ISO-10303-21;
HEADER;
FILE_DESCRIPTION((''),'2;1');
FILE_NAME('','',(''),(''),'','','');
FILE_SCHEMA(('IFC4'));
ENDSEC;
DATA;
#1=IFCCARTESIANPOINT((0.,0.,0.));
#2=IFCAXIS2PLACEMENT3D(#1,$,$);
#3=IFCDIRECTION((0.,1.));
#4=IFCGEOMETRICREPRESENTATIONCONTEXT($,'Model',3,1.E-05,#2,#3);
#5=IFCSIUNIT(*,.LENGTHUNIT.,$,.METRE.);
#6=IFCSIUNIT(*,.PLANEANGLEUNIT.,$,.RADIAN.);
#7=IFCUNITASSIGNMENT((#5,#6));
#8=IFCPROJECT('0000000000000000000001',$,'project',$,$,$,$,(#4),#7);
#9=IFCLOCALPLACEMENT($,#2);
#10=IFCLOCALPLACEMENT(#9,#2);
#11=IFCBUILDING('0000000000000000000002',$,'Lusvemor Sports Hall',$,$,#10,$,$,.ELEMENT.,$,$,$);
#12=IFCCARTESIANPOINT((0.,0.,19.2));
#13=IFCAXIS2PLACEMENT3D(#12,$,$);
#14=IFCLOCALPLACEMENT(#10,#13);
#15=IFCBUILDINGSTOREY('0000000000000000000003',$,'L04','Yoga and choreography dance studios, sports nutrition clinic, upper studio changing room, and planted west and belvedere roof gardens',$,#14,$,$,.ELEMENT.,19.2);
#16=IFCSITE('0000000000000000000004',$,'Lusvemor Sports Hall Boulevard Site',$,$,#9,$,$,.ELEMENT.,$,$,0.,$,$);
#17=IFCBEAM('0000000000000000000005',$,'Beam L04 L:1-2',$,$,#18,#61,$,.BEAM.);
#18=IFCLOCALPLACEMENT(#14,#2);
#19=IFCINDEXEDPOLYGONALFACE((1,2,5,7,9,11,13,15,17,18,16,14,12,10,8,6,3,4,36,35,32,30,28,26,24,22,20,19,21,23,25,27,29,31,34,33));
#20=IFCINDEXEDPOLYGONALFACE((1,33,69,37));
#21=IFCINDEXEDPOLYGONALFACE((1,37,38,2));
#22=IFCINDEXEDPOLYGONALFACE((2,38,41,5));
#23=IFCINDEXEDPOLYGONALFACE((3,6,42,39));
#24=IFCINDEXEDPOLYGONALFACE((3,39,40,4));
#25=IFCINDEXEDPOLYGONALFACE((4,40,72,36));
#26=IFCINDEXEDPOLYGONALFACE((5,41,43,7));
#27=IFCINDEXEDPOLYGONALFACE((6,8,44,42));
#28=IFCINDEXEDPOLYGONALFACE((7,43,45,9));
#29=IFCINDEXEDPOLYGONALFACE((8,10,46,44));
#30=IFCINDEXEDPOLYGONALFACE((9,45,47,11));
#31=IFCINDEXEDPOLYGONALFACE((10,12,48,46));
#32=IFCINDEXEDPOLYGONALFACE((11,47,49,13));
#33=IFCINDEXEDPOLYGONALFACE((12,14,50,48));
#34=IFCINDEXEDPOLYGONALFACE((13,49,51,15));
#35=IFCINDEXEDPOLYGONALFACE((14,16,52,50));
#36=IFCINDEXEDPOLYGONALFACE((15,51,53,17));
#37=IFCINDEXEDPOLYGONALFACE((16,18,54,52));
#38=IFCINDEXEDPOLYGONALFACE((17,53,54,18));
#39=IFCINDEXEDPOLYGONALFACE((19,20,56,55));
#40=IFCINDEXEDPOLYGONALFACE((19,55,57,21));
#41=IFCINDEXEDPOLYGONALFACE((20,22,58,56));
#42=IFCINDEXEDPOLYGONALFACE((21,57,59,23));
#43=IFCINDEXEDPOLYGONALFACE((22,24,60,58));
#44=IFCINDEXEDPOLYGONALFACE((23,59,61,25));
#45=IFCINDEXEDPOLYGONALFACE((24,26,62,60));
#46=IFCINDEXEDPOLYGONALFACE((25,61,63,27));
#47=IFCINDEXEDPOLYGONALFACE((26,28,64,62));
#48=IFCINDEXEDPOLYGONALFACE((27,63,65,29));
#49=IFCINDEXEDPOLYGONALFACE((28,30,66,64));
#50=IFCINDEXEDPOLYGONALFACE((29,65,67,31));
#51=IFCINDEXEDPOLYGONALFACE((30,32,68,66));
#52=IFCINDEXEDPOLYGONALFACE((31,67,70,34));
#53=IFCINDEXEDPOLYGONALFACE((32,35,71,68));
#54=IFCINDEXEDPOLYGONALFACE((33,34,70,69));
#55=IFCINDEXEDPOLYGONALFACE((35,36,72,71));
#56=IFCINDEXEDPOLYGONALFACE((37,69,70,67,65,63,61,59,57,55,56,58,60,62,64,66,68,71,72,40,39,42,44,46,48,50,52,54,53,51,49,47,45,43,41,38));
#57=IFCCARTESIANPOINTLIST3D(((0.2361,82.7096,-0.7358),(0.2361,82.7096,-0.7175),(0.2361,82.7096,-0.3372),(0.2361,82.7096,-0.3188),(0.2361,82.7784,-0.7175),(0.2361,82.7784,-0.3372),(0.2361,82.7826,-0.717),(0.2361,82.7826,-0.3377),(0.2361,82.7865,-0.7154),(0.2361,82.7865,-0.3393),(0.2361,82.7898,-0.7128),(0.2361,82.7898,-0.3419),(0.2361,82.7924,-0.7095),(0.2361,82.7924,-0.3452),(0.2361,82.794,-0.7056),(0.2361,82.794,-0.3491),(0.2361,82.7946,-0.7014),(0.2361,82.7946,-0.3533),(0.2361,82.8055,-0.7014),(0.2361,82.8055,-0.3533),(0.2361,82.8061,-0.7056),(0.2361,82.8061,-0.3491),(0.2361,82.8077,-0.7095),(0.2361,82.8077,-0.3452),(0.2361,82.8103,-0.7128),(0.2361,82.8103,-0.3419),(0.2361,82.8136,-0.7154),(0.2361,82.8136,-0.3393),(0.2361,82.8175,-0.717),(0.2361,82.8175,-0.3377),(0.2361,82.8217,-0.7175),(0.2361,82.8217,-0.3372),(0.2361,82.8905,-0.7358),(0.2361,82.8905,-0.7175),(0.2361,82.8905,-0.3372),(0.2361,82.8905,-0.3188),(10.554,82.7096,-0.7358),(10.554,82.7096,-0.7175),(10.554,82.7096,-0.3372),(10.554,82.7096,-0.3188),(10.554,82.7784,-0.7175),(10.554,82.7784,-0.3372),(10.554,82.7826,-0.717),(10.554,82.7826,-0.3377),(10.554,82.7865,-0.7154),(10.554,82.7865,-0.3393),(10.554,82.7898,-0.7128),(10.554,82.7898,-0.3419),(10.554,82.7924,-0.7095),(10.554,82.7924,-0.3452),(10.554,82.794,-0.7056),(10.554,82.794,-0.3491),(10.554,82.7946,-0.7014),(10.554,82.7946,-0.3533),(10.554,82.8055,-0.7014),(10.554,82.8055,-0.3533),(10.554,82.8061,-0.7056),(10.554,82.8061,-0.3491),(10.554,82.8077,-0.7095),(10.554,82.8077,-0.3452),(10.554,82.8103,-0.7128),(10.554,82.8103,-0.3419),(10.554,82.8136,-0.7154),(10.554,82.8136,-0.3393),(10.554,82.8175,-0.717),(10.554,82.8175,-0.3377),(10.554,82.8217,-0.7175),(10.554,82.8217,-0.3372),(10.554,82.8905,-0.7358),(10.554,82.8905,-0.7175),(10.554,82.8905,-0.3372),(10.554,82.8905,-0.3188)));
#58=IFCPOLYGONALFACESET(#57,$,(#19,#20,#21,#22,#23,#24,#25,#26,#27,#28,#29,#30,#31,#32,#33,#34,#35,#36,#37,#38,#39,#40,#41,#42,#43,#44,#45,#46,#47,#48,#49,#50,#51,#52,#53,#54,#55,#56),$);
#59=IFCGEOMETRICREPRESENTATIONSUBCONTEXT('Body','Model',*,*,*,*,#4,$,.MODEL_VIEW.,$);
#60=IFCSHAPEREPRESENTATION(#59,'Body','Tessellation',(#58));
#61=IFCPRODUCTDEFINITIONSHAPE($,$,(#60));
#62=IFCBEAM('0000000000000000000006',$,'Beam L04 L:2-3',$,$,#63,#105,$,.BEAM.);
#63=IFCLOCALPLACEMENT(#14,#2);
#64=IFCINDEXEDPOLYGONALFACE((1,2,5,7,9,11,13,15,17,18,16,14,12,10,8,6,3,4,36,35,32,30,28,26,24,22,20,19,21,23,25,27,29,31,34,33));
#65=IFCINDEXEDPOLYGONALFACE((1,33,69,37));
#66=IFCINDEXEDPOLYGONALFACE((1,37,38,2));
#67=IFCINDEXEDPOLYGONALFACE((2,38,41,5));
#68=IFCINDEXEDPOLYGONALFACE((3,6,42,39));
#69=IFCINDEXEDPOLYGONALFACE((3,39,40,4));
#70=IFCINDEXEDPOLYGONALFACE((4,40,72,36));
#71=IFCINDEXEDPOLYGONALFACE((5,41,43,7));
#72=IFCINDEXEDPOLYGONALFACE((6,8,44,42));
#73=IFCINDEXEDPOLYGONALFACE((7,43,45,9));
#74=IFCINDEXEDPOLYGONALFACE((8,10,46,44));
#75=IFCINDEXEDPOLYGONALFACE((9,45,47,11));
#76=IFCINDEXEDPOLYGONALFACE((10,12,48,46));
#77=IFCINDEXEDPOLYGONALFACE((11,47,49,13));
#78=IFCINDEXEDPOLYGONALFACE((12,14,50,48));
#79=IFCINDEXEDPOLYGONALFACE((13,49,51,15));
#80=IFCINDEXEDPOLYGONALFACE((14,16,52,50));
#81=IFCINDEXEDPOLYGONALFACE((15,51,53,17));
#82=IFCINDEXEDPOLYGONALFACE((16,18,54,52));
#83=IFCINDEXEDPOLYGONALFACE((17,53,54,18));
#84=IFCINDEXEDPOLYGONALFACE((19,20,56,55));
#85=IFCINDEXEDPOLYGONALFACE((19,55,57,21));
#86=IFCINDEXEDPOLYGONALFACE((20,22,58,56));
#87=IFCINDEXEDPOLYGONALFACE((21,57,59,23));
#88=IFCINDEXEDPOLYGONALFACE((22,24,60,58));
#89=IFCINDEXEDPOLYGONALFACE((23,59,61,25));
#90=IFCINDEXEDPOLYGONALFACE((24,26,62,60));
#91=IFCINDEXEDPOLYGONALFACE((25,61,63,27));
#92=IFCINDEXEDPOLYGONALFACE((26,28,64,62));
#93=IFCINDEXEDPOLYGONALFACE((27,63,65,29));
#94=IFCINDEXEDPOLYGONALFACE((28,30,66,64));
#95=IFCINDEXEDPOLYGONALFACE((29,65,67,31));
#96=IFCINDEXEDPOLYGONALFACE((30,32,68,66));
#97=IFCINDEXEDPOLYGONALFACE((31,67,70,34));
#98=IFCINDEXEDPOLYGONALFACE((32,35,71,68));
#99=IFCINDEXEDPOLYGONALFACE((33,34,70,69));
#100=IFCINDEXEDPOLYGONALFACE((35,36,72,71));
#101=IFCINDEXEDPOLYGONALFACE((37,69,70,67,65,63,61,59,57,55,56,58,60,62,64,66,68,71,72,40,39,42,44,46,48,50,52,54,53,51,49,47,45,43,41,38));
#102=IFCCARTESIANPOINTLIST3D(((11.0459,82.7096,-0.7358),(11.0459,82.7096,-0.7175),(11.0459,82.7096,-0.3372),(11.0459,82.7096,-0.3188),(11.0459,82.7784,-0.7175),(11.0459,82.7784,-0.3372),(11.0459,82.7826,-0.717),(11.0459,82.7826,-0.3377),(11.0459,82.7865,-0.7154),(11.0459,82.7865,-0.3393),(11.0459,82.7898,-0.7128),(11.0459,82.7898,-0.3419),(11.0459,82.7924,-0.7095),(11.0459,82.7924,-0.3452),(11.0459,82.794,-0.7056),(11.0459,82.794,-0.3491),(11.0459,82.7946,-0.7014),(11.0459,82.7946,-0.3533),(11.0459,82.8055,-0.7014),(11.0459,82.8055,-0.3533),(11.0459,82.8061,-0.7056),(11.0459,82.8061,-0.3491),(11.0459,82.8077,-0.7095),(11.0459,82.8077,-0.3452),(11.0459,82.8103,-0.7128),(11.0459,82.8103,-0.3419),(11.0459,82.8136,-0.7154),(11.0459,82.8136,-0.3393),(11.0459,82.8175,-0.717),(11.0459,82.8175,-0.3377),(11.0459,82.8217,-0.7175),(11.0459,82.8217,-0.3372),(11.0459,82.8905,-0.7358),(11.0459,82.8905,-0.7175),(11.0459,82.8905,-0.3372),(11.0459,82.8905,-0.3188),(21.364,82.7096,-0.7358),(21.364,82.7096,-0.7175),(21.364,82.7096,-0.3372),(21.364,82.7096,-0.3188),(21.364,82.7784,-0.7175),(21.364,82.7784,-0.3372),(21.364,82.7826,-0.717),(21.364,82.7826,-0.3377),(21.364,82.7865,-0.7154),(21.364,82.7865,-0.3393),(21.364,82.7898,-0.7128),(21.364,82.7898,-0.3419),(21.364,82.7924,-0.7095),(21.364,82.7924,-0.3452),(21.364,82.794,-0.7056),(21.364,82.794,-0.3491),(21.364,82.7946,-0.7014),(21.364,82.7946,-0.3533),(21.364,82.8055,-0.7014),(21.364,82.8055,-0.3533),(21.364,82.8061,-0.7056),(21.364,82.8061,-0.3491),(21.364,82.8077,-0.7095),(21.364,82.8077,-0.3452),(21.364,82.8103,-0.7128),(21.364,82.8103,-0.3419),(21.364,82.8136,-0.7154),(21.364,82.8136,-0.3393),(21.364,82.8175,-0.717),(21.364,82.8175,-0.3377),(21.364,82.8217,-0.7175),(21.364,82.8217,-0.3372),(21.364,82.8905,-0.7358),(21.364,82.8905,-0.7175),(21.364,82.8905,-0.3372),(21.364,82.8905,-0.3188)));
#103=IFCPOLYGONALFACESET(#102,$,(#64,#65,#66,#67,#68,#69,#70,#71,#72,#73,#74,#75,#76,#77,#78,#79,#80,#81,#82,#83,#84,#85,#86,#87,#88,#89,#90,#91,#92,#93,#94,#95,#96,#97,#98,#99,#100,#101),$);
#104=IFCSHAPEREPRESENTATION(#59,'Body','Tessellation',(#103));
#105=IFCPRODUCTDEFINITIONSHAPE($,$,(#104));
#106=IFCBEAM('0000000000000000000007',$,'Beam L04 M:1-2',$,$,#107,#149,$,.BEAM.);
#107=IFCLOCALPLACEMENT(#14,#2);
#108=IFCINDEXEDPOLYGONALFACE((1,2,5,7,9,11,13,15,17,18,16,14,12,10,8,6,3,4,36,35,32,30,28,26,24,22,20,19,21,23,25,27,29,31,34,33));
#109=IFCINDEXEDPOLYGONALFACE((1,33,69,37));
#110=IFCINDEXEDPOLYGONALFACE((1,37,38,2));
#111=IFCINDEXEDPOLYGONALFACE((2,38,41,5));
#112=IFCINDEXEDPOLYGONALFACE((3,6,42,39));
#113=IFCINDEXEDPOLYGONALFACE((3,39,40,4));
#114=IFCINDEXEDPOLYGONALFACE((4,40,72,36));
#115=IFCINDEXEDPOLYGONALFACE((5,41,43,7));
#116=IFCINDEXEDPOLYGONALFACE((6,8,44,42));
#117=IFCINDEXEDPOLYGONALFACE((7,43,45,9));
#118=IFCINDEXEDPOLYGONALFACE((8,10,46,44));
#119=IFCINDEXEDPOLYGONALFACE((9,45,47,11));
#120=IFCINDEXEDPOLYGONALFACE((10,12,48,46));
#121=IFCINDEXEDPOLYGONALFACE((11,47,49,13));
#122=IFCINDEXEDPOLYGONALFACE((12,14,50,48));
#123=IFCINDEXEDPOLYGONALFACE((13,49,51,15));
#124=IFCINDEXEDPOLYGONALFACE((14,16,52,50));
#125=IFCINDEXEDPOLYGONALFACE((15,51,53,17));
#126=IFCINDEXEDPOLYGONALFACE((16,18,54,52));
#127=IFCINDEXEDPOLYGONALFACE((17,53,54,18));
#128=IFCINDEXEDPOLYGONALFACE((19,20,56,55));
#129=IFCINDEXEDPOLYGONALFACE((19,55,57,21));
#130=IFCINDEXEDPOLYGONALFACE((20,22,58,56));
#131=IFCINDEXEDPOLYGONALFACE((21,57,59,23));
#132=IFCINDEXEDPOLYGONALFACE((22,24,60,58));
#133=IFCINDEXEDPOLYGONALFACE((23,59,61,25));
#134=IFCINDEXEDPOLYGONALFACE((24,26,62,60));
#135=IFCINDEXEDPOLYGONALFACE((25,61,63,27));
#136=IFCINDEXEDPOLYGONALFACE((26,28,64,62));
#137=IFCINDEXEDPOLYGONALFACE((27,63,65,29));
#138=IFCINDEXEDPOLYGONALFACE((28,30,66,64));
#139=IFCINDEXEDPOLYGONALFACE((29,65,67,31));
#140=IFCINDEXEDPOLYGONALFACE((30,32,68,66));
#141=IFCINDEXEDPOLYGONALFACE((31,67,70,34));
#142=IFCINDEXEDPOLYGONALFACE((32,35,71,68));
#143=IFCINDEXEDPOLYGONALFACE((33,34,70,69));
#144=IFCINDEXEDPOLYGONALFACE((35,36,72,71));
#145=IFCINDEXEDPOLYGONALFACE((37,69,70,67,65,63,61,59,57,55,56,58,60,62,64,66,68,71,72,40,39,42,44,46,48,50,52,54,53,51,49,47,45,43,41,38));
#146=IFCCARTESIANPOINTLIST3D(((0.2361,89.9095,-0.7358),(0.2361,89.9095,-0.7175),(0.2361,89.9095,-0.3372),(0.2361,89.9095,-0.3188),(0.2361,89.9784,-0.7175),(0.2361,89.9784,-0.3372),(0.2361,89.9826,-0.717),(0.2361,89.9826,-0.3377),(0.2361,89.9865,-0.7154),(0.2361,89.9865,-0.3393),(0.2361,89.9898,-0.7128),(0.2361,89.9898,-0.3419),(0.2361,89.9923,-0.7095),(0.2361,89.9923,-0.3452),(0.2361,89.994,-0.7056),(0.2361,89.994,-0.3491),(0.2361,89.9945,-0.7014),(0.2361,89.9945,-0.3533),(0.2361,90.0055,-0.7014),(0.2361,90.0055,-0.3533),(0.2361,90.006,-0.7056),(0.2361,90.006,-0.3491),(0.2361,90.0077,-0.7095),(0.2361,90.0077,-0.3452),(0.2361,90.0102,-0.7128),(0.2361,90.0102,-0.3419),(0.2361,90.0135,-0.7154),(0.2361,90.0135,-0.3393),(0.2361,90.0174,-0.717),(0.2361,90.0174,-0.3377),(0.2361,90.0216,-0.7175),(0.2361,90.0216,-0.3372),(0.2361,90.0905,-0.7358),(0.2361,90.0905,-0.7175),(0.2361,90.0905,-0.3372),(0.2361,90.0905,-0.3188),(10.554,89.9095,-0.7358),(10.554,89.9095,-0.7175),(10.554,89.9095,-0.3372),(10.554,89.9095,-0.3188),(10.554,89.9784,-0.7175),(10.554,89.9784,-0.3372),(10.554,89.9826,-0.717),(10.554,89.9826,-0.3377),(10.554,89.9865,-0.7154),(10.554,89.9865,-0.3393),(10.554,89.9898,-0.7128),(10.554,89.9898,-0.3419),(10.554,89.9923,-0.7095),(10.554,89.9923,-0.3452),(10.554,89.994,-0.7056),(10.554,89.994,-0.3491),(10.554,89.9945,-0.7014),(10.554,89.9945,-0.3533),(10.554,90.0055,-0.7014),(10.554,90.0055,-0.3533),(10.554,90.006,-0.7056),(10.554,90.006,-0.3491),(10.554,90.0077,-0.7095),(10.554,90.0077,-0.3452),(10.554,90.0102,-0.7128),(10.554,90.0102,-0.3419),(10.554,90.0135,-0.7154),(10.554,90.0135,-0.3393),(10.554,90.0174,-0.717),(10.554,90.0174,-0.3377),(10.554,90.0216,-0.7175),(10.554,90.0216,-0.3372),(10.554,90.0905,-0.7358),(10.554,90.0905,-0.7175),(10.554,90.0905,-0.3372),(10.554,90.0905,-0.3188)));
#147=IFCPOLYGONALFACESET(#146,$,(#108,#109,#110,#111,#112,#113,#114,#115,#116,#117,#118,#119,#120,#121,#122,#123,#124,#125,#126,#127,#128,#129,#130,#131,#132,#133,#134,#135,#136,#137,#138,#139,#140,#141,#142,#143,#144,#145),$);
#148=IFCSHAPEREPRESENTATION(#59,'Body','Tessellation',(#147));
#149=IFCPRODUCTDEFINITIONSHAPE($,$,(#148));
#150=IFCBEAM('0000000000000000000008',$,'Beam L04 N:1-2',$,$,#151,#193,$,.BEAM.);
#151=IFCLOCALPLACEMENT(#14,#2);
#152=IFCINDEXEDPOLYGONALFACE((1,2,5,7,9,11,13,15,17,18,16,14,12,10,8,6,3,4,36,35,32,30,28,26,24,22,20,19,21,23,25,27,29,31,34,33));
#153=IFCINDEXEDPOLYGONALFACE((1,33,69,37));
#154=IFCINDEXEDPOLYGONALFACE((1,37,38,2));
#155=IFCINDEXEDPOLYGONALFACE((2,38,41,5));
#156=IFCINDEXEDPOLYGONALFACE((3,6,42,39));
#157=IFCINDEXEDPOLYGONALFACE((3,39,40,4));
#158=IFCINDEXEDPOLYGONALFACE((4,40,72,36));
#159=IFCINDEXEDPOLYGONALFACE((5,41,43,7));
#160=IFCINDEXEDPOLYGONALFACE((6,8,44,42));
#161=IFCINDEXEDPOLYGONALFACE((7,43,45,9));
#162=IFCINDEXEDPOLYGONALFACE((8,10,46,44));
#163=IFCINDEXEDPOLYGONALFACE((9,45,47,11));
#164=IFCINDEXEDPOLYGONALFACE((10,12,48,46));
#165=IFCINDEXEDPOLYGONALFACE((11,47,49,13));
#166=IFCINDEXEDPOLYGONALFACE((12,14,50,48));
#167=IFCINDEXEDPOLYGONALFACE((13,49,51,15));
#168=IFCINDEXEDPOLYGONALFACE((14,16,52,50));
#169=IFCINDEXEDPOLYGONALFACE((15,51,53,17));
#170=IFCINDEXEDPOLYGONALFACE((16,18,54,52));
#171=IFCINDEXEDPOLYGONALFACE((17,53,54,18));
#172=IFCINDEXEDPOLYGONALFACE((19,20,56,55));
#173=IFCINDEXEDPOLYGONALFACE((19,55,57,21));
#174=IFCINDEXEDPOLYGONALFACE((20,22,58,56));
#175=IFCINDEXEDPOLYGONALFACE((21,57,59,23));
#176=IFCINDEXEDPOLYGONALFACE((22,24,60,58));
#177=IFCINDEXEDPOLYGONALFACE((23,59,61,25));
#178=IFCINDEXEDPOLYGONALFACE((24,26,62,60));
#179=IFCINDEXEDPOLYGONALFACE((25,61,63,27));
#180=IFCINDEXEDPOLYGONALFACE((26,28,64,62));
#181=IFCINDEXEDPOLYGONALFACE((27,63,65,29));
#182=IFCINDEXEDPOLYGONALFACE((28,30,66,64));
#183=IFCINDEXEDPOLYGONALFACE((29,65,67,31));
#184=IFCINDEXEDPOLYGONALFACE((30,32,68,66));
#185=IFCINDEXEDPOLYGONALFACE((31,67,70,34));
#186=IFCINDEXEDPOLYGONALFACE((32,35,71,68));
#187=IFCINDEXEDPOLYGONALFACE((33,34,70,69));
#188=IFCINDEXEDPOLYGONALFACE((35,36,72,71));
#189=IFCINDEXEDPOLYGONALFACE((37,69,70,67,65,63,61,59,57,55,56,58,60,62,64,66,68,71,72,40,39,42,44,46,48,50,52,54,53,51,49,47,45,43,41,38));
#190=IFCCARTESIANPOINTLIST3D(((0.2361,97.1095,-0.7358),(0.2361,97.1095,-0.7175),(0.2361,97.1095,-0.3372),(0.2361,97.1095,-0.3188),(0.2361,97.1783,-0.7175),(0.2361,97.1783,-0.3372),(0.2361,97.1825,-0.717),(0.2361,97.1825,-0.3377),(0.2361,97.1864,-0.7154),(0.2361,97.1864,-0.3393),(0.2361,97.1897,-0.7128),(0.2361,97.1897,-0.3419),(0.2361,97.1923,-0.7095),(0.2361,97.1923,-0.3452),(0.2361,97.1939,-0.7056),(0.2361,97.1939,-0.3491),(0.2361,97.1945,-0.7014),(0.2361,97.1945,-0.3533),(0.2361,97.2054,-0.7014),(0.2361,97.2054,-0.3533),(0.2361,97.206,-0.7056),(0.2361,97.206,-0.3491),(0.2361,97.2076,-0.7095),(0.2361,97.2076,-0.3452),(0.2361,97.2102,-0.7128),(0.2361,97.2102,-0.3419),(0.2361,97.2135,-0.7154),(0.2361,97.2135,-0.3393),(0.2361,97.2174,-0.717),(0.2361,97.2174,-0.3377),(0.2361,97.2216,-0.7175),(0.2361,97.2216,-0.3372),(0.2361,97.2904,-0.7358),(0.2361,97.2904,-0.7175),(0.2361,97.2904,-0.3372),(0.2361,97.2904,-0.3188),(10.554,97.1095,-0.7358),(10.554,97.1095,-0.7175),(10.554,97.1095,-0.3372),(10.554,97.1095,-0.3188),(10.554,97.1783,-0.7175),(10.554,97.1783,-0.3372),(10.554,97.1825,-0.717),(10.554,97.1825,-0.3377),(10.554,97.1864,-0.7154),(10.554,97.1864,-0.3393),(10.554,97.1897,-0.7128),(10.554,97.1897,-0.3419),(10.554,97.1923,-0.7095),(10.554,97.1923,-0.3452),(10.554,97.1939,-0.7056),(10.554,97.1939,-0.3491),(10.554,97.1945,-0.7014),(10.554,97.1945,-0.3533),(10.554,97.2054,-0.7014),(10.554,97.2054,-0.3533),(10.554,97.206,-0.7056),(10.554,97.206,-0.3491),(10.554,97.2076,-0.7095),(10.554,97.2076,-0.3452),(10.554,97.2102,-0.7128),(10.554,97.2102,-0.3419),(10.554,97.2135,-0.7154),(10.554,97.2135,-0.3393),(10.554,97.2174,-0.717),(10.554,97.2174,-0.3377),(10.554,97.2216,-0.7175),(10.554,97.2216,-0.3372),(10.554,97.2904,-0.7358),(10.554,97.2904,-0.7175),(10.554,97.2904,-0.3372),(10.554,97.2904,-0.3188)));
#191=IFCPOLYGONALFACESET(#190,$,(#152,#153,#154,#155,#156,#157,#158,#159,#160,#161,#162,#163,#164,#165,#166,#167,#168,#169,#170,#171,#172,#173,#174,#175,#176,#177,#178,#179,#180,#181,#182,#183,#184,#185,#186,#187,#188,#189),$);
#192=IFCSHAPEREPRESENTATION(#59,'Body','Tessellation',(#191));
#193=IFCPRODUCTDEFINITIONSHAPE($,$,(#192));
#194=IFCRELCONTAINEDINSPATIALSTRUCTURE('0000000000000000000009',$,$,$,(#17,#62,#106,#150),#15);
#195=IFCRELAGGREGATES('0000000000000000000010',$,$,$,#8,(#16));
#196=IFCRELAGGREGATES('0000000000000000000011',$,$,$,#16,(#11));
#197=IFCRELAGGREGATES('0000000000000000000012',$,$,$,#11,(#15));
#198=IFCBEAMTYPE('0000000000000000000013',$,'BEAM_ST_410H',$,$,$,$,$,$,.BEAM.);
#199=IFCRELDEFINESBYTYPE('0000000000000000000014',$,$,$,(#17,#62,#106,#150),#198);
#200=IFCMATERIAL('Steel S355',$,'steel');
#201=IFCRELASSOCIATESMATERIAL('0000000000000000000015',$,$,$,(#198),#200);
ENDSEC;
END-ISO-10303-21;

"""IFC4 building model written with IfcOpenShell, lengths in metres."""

from ifc_helpers import new_model, si_unit, direction, frame, origin, origin_2d, place, context, subcontext, project, spatial, i_section, extrude, material, material_profile, profile_set, type_object, element, save


model = new_model("IFC4")

# Units and contexts
model_context = context("Model", 3, precision=1e-05, world=origin(), true_north=direction((0.0, 1.0)))
body_context = subcontext(model_context, "Body", "Model", "MODEL_VIEW")
ifc_project = project(units=[si_unit("LENGTHUNIT", "METRE"), si_unit("PLANEANGLEUNIT", "RADIAN")], contexts=[model_context])

# Site, building, storey
site_placement = place(None, origin())
site = spatial("IfcSite", under=ifc_project, at=site_placement, Name="Lusvemor Sports Hall Boulevard Site", CompositionType="ELEMENT", RefElevation=0.0)
building_placement = place(site_placement, origin())
building = spatial("IfcBuilding", under=site, at=building_placement, Name="Lusvemor Sports Hall", CompositionType="ELEMENT")
storey_placement = place(building_placement, frame((0.0, 0.0, 19.2)))
storey = spatial("IfcBuildingStorey", under=building, at=storey_placement, Name="L04", Description="Yoga and choreography dance studios, sports nutrition clinic, upper studio changing room, and planted west and belvedere roof gardens", CompositionType="ELEMENT", Elevation=19.2)

# Beams
ifc_material_1 = material(Name="Steel S355", Category="steel")
ifc_material_profile_1 = material_profile(ifc_material_1, i_section(OverallWidth=0.1809, OverallDepth=0.417, WebThickness=0.011, FlangeThickness=0.0183, FilletRadius=0.0161, at=origin_2d()), Name="W410x85.0")
ifc_profile_set_1 = profile_set([ifc_material_profile_1], Name="Steel S355")
beam_type_1 = type_object("IfcBeamType", Name="BEAM_ST_410H", PredefinedType="BEAM", material=ifc_profile_set_1)
beam_1_placement = place(storey_placement, frame((0.2361, 82.8, -0.5273), z_axis=(1.0, 0.0, 0.0), x_axis=(0.0, 1.0, 0.0)))
element("IfcBeam", 1, at=beam_1_placement, inside=storey, type_object=beam_type_1, Name="Beam L04 L:1-2", PredefinedType="BEAM", context=body_context, shape_type="SweptSolid", body=[
    extrude(i_section(OverallWidth=0.1809, OverallDepth=0.417, WebThickness=0.011, FlangeThickness=0.0183, FilletRadius=0.0161, at=origin_2d()), origin(), (0.0, 0.0, 1.0), 10.3179),
])
beam_2_placement = place(storey_placement, frame((11.0459, 82.8, -0.5273), z_axis=(1.0, 0.0, 0.0), x_axis=(0.0, 1.0, 0.0)))
element("IfcBeam", 2, at=beam_2_placement, inside=storey, type_object=beam_type_1, Name="Beam L04 L:2-3", PredefinedType="BEAM", context=body_context, shape_type="SweptSolid", body=[
    extrude(i_section(OverallWidth=0.1809, OverallDepth=0.417, WebThickness=0.011, FlangeThickness=0.0183, FilletRadius=0.0161, at=origin_2d()), origin(), (0.0, 0.0, 1.0), 10.3181),
])
for number, where, z_axis, x_axis, name in (
    (3, (0.2361, 90.0, -0.5273), (1.0, 0.0, 0.0), (0.0, 1.0, 0.0), "Beam L04 M:1-2"),
    (4, (0.2361, 97.2, -0.5273), (1.0, 0.0, 0.0), (0.0, 1.0, 0.0), "Beam L04 N:1-2"),
):
    element("IfcBeam", number, at=place(storey_placement, frame(where, z_axis=z_axis, x_axis=x_axis)), inside=storey, type_object=beam_type_1, Name=name, PredefinedType="BEAM", context=body_context, shape_type="SweptSolid", body=[
        extrude(i_section(OverallWidth=0.1809, OverallDepth=0.417, WebThickness=0.011, FlangeThickness=0.0183, FilletRadius=0.0161, at=origin_2d()), origin(), (0.0, 0.0, 1.0), 10.3179),
    ])

save(model, "model.ifc")
